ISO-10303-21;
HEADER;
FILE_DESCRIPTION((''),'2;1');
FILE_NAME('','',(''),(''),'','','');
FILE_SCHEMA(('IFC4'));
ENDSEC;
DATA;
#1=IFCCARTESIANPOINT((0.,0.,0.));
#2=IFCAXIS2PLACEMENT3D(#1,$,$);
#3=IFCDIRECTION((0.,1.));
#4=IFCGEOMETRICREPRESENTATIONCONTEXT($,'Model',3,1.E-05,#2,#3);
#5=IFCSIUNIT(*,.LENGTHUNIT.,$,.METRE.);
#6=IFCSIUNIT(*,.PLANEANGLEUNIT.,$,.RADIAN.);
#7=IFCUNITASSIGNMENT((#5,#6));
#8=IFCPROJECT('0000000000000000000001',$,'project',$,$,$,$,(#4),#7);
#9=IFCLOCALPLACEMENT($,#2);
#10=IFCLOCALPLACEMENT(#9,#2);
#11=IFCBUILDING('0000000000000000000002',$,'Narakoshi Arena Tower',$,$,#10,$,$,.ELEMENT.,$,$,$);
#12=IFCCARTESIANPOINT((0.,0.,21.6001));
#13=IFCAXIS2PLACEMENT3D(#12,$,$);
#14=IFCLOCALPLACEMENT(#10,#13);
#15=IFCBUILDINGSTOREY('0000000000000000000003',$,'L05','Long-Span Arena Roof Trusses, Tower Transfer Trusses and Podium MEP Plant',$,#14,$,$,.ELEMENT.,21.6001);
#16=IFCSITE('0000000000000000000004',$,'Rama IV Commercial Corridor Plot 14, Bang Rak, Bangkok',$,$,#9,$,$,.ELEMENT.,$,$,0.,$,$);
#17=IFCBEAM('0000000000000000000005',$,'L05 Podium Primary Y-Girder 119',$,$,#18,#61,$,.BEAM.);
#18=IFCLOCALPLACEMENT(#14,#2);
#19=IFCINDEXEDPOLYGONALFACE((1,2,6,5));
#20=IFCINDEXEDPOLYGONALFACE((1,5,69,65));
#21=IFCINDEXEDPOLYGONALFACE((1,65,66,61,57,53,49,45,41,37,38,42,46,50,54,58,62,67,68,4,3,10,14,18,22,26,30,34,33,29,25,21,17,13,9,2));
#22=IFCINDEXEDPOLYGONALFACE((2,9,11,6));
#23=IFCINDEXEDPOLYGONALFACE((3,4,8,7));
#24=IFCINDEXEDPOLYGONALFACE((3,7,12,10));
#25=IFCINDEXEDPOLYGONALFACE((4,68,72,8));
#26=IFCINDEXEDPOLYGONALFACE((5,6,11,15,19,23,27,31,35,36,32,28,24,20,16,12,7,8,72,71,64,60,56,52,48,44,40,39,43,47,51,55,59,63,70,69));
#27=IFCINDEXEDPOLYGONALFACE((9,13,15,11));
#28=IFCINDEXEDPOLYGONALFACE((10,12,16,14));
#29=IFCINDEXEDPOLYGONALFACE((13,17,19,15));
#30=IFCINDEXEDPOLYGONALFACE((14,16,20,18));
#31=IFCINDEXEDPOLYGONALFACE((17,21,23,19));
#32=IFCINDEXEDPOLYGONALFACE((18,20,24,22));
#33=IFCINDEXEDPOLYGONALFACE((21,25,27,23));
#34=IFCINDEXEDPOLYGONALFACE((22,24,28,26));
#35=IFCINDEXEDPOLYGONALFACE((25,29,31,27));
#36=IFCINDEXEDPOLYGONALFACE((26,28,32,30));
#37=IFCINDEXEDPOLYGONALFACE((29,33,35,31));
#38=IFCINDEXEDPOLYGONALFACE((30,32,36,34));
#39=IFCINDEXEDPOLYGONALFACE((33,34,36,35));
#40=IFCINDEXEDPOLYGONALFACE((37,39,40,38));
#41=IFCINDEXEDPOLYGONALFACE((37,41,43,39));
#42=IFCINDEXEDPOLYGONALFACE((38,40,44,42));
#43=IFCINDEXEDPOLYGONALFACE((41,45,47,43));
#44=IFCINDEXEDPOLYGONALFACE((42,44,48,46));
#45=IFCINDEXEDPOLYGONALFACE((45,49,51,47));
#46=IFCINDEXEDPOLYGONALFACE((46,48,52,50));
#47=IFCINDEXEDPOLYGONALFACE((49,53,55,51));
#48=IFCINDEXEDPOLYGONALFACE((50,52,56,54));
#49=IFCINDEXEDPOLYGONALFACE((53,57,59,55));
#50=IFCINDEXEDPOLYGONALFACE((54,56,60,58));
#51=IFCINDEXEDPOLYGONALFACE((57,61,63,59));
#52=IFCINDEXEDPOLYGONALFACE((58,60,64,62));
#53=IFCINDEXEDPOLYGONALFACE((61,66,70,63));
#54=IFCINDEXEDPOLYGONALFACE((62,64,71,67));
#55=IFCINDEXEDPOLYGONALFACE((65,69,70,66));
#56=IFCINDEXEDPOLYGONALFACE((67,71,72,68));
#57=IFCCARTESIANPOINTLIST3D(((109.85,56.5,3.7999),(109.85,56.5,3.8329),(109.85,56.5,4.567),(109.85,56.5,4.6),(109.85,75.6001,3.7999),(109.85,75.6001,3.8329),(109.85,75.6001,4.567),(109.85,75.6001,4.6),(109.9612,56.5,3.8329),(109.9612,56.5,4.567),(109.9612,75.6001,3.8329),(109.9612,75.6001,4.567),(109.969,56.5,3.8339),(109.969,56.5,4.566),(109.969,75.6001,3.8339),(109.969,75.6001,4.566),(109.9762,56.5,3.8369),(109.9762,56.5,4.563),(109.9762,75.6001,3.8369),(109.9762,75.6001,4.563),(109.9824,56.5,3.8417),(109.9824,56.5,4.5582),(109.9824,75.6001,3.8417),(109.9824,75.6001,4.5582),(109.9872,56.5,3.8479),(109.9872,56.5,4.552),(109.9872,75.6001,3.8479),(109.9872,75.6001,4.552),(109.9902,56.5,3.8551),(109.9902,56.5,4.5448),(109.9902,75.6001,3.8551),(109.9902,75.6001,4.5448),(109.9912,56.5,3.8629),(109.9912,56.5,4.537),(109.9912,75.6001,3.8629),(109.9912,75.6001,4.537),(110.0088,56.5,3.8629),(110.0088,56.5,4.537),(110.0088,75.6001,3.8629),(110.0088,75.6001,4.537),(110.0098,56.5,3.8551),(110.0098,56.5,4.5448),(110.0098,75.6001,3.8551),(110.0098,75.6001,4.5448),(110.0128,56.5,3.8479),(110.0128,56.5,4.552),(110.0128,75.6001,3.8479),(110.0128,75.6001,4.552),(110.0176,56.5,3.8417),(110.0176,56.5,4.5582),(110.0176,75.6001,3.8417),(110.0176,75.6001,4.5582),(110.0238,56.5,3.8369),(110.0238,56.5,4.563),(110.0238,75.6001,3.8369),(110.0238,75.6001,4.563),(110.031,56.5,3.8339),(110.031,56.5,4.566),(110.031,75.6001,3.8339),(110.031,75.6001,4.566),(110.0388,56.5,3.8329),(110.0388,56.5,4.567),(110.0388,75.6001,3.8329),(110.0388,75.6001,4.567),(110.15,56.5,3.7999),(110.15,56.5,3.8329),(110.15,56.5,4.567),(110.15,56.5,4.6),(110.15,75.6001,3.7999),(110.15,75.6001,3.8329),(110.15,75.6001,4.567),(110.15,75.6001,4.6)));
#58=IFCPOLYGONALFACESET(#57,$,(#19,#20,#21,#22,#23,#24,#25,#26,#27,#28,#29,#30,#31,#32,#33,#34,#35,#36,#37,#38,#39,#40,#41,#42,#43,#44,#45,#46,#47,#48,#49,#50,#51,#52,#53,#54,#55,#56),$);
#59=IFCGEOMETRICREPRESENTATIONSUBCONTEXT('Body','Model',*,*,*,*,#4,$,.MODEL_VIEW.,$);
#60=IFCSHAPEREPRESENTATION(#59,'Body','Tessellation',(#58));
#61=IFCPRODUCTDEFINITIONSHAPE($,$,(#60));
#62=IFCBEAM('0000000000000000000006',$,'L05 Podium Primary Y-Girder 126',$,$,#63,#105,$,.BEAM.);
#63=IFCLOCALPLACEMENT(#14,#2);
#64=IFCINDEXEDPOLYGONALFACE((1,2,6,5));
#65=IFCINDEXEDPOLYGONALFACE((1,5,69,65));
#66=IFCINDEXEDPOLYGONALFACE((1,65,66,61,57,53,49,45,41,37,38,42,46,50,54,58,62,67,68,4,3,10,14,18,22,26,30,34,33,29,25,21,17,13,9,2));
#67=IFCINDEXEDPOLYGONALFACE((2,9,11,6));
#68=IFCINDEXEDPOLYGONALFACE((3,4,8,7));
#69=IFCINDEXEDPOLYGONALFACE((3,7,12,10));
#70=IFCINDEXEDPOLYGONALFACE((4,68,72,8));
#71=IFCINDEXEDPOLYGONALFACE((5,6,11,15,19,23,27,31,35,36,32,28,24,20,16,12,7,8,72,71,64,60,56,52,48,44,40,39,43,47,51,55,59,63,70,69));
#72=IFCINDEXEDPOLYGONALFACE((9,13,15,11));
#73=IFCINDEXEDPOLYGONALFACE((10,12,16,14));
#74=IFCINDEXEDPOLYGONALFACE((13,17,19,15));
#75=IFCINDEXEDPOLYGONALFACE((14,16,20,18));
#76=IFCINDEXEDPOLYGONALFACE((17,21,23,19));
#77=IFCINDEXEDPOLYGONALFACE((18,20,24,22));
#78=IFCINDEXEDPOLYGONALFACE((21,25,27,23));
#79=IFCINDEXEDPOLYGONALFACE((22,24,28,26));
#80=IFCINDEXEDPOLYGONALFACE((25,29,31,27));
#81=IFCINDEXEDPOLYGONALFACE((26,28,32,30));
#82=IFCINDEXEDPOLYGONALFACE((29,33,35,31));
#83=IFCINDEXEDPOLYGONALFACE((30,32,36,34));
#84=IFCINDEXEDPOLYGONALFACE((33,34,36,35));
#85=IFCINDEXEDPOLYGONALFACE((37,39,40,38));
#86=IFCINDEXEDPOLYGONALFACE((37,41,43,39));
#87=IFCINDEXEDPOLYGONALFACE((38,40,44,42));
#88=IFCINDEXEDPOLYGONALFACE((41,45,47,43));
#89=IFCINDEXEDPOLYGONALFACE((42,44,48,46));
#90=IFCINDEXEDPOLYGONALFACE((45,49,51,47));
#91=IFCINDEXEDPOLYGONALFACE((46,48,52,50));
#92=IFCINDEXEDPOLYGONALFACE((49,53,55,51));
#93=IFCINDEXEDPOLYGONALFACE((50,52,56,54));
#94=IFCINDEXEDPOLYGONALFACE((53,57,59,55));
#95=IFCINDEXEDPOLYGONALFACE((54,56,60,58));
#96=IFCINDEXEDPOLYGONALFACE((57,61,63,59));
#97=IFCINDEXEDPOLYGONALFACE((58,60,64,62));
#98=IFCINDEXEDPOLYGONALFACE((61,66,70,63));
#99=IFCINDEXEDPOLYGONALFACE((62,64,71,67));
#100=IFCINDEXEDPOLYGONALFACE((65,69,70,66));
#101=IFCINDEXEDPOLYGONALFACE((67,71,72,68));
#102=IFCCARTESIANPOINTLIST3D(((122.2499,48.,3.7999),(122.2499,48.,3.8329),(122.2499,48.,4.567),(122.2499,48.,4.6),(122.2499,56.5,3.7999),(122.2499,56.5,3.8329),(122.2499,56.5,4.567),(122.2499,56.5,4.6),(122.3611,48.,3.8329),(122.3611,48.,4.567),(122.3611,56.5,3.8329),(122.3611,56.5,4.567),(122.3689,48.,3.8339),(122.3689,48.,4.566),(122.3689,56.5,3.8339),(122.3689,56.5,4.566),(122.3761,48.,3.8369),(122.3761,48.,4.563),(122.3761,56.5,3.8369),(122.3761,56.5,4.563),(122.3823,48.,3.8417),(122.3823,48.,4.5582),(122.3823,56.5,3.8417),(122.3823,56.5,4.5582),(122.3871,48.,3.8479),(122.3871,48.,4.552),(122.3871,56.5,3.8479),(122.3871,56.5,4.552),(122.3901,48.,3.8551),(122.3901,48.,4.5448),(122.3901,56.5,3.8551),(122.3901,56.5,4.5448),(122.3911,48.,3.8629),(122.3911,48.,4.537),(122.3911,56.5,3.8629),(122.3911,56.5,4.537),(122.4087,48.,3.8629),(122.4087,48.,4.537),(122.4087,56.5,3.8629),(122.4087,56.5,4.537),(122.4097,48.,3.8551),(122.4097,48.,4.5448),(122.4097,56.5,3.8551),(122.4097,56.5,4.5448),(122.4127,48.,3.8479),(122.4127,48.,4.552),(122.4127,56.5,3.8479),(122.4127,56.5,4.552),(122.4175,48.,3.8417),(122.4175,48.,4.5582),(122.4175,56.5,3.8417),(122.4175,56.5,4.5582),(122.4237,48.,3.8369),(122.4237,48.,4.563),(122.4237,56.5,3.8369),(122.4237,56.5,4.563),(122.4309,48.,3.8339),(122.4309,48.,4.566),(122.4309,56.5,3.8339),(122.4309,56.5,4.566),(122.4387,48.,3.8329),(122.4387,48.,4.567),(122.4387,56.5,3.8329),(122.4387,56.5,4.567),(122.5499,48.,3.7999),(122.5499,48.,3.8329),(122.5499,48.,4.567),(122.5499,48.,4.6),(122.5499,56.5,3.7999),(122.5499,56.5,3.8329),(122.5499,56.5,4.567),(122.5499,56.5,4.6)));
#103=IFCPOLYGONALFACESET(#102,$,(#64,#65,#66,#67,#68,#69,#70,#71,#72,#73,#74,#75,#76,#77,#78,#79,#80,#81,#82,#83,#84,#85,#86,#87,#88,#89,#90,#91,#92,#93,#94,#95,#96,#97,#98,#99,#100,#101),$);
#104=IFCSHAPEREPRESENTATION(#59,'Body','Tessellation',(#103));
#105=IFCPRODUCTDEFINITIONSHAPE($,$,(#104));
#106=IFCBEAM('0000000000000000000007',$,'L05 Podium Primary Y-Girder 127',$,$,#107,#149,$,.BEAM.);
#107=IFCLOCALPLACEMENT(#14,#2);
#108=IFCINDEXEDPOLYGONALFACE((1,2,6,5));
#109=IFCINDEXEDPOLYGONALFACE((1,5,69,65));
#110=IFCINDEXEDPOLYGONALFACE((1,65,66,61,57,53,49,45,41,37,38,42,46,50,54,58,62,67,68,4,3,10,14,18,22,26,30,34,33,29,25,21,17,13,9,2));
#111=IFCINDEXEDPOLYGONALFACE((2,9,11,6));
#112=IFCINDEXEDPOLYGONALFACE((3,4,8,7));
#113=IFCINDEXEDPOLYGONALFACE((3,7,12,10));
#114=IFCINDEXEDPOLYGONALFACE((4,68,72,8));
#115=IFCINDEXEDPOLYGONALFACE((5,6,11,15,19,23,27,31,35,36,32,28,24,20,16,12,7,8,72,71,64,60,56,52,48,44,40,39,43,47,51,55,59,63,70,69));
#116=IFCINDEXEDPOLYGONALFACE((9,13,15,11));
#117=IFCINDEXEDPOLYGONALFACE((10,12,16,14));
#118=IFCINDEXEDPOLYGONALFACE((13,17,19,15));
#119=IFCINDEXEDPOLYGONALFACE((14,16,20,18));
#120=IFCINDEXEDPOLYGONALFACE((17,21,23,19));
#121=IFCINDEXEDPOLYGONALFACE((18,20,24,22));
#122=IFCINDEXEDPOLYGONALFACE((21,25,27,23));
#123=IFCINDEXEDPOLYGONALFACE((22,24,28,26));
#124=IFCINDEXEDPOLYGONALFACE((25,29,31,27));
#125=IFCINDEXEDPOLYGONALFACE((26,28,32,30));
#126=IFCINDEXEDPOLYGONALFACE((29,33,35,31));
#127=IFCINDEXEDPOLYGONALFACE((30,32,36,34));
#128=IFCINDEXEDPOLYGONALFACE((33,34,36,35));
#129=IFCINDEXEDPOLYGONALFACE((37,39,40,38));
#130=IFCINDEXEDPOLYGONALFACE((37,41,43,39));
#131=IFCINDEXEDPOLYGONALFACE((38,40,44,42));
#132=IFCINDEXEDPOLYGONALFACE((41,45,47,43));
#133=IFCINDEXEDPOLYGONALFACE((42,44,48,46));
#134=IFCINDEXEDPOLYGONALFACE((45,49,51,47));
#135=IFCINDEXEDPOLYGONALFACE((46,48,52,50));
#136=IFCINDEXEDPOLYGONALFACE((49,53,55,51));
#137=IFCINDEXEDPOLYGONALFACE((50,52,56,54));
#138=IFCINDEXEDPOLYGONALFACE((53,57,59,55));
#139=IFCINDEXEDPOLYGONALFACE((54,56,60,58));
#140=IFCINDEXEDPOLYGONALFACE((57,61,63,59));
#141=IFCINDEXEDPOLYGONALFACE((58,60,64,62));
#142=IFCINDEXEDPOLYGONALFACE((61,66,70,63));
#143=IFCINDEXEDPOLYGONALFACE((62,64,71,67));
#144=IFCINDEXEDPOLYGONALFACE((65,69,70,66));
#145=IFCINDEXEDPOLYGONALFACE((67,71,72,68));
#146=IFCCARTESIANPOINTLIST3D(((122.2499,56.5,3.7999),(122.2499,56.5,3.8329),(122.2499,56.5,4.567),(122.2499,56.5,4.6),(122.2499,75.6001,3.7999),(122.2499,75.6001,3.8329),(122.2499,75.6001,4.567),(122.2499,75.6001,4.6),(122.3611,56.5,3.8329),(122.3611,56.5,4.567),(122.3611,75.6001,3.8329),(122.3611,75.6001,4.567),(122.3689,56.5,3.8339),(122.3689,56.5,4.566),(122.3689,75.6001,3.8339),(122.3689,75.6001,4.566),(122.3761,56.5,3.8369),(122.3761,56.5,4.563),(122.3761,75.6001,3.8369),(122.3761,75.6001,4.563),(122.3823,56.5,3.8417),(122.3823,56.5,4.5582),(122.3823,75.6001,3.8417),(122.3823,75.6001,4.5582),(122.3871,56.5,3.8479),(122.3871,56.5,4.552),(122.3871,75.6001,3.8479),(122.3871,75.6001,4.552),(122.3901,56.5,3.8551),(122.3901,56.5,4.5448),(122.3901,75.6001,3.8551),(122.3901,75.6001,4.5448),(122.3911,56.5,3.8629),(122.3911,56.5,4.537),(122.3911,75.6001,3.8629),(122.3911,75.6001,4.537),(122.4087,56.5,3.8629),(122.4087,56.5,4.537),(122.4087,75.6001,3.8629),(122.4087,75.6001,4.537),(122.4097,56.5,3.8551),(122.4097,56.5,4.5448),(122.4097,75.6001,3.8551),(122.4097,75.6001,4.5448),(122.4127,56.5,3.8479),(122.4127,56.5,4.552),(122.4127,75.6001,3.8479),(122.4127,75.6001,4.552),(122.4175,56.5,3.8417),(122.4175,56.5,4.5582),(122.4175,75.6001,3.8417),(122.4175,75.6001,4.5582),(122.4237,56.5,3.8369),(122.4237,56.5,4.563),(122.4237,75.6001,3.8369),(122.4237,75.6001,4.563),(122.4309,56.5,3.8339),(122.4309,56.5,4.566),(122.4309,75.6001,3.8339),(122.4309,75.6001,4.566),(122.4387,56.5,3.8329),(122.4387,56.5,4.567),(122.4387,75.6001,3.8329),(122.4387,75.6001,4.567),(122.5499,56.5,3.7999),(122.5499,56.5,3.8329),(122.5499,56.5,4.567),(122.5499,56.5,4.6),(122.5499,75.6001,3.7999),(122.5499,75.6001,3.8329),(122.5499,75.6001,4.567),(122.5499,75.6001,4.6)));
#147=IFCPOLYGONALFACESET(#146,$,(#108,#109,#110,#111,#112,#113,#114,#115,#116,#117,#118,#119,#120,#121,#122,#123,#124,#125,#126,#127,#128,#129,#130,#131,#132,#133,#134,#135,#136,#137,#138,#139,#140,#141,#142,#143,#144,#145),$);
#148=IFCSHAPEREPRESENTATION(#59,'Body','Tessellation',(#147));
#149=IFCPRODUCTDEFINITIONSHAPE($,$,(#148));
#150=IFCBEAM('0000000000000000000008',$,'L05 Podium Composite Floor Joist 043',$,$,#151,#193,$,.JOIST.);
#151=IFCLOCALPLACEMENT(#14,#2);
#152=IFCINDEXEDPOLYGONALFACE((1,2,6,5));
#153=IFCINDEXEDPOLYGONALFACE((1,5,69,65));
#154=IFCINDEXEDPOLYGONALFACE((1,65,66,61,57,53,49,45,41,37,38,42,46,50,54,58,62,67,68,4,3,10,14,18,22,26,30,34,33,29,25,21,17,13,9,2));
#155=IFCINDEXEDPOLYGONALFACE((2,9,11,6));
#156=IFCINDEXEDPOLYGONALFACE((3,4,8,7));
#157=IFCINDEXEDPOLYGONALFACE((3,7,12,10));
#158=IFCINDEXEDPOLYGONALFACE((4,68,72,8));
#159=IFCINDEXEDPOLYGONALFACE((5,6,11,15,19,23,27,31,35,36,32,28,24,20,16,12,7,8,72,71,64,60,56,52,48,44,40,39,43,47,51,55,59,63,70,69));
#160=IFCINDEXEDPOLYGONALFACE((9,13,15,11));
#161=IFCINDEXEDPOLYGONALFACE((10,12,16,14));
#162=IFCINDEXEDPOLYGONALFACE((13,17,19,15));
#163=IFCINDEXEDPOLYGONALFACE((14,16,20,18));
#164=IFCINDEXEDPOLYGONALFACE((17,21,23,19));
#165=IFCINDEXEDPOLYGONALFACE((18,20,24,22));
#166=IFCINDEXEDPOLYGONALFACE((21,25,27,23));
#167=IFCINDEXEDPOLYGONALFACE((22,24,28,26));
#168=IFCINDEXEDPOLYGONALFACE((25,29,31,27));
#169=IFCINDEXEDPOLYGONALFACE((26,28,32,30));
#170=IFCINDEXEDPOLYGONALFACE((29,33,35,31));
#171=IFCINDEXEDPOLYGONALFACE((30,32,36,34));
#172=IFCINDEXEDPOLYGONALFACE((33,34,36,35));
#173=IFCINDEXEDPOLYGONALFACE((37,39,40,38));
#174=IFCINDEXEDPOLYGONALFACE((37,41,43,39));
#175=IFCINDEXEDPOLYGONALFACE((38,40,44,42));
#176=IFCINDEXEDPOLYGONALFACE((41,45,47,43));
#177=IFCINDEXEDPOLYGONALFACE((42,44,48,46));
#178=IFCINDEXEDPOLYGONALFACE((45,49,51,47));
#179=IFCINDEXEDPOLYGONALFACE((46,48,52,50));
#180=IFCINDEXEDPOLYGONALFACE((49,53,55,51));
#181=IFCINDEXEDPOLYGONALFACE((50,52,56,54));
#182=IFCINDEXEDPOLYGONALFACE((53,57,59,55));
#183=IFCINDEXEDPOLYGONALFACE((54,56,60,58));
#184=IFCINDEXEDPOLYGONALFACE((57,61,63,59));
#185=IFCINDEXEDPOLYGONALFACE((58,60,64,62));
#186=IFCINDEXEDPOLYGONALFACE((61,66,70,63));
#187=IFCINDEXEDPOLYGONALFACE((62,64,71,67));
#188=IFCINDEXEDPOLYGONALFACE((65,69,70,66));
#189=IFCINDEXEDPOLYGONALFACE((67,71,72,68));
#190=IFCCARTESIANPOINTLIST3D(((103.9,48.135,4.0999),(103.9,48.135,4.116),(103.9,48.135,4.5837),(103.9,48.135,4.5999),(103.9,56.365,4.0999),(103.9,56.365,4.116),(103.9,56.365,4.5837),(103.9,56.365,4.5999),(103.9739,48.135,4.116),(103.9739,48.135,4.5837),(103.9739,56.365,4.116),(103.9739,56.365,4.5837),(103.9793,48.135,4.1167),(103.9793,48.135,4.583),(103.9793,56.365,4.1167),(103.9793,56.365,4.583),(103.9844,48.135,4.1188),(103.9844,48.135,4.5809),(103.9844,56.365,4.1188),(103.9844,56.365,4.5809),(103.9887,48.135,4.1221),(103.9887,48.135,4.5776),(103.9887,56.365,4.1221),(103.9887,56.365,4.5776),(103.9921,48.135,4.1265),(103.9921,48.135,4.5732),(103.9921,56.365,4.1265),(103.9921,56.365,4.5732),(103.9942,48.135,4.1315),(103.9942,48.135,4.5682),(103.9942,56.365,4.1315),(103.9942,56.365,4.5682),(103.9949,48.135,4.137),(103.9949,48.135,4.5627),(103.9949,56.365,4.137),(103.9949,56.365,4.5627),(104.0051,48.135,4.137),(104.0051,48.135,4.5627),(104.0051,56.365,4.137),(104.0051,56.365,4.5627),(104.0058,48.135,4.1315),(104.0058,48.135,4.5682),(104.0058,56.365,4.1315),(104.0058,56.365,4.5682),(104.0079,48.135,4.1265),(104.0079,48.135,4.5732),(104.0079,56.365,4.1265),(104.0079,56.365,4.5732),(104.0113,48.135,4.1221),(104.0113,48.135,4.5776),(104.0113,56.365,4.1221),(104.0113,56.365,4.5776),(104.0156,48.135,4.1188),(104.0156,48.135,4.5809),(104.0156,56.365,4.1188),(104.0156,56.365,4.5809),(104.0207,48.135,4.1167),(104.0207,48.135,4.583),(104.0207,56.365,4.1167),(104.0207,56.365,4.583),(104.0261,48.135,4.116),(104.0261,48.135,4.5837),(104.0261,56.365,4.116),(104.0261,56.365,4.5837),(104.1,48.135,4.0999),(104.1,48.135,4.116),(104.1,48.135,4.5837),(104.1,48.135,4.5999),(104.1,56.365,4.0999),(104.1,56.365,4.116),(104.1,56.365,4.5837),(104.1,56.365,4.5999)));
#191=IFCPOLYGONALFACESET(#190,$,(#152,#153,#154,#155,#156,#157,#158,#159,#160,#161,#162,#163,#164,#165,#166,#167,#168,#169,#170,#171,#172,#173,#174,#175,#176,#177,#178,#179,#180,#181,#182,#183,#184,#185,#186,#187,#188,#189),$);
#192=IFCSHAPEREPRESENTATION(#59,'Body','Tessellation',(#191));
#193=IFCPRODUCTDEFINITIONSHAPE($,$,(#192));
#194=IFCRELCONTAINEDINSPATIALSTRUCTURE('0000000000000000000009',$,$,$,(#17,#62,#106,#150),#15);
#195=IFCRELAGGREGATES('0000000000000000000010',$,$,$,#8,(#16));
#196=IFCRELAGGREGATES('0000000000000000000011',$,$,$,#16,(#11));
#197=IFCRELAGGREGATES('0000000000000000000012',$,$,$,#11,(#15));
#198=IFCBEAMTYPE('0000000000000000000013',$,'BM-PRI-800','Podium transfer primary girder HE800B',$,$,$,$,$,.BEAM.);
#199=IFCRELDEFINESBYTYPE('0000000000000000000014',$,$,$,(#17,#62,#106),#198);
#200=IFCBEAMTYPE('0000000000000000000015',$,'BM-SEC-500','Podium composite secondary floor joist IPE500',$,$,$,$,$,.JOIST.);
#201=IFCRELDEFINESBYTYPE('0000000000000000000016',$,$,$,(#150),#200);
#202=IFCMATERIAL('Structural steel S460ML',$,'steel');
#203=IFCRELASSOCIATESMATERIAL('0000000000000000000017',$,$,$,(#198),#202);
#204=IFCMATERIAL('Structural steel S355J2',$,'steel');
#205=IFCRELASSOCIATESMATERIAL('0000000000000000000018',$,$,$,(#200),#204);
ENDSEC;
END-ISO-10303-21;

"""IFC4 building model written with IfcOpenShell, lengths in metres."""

from ifc_helpers import new_model, si_unit, direction, frame, origin, origin_2d, place, context, subcontext, project, spatial, i_section, extrude, material, material_profile, profile_set, type_object, element, save


model = new_model("IFC4")

# Units and contexts
model_context = context("Model", 3, precision=1e-05, world=origin(), true_north=direction((0.0, 1.0)))
body_context = subcontext(model_context, "Body", "Model", "MODEL_VIEW")
ifc_project = project(units=[si_unit("LENGTHUNIT", "METRE"), si_unit("PLANEANGLEUNIT", "RADIAN")], contexts=[model_context])

# Site, building, storey
site_placement = place(None, origin())
site = spatial("IfcSite", under=ifc_project, at=site_placement, Name="Rama IV Commercial Corridor Plot 14, Bang Rak, Bangkok", CompositionType="ELEMENT", RefElevation=0.0)
building_placement = place(site_placement, origin())
building = spatial("IfcBuilding", under=site, at=building_placement, Name="Narakoshi Arena Tower", CompositionType="ELEMENT")
storey_placement = place(building_placement, frame((0.0, 0.0, 21.6001)))
storey = spatial("IfcBuildingStorey", under=building, at=storey_placement, Name="L05", Description="Long-Span Arena Roof Trusses, Tower Transfer Trusses and Podium MEP Plant", CompositionType="ELEMENT", Elevation=21.6001)

# Shared definitions
ifc_material_1 = material(Name="Structural steel S355J2", Category="steel")

# Beams
ifc_material_2 = material(Name="Structural steel S460ML", Category="steel")
ifc_material_profile_1 = material_profile(ifc_material_2, i_section(OverallWidth=0.3, OverallDepth=0.8, WebThickness=0.0176, FlangeThickness=0.033, FilletRadius=0.03, at=origin_2d()), Name="HE800B")
ifc_profile_set_1 = profile_set([ifc_material_profile_1], Name="Structural steel S460ML")
beam_type_1 = type_object("IfcBeamType", Name="BM-PRI-800", Description="Podium transfer primary girder HE800B", PredefinedType="BEAM", material=ifc_profile_set_1)
beam_1_placement = place(storey_placement, frame((110.0, 56.5, 4.2), z_axis=(0.0, 1.0, 0.0), x_axis=(-1.0, 0.0, 0.0)))
element("IfcBeam", 1, at=beam_1_placement, inside=storey, type_object=beam_type_1, Name="L05 Podium Primary Y-Girder 119", PredefinedType="BEAM", context=body_context, shape_type="SweptSolid", body=[
    extrude(i_section(OverallWidth=0.3, OverallDepth=0.8, WebThickness=0.0176, FlangeThickness=0.033, FilletRadius=0.03, at=origin_2d()), origin(), (0.0, 0.0, 1.0), 19.1001),
])
beam_2_placement = place(storey_placement, frame((122.3999, 48.0, 4.2), z_axis=(0.0, 1.0, 0.0), x_axis=(-1.0, 0.0, 0.0)))
element("IfcBeam", 2, at=beam_2_placement, inside=storey, type_object=beam_type_1, Name="L05 Podium Primary Y-Girder 126", PredefinedType="BEAM", context=body_context, shape_type="SweptSolid", body=[
    extrude(i_section(OverallWidth=0.3, OverallDepth=0.8, WebThickness=0.0176, FlangeThickness=0.033, FilletRadius=0.03, at=origin_2d()), origin(), (0.0, 0.0, 1.0), 8.5),
])
beam_3_placement = place(storey_placement, frame((122.3999, 56.5, 4.2), z_axis=(0.0, 1.0, 0.0), x_axis=(-1.0, 0.0, 0.0)))
element("IfcBeam", 3, at=beam_3_placement, inside=storey, type_object=beam_type_1, Name="L05 Podium Primary Y-Girder 127", PredefinedType="BEAM", context=body_context, shape_type="SweptSolid", body=[
    extrude(i_section(OverallWidth=0.3, OverallDepth=0.8, WebThickness=0.0176, FlangeThickness=0.033, FilletRadius=0.03, at=origin_2d()), origin(), (0.0, 0.0, 1.0), 19.1001),
])
ifc_material_profile_2 = material_profile(ifc_material_1, i_section(OverallWidth=0.2, OverallDepth=0.5, WebThickness=0.0103, FlangeThickness=0.0161, FilletRadius=0.021, at=origin_2d()), Name="IPE500")
ifc_profile_set_2 = profile_set([ifc_material_profile_2], Name="Structural steel S355J2")
beam_type_2 = type_object("IfcBeamType", Name="BM-SEC-500", Description="Podium composite secondary floor joist IPE500", PredefinedType="JOIST", material=ifc_profile_set_2)
beam_4_placement = place(storey_placement, frame((104.0, 48.135, 4.3499), z_axis=(0.0, 1.0, 0.0), x_axis=(-1.0, 0.0, 0.0)))
element("IfcBeam", 4, at=beam_4_placement, inside=storey, type_object=beam_type_2, Name="L05 Podium Composite Floor Joist 043", PredefinedType="JOIST", context=body_context, shape_type="SweptSolid", body=[
    extrude(i_section(OverallWidth=0.2, OverallDepth=0.5, WebThickness=0.0103, FlangeThickness=0.0161, FilletRadius=0.021, at=origin_2d()), origin(), (0.0, 0.0, 1.0), 8.23),
])

save(model, "model.ifc")
